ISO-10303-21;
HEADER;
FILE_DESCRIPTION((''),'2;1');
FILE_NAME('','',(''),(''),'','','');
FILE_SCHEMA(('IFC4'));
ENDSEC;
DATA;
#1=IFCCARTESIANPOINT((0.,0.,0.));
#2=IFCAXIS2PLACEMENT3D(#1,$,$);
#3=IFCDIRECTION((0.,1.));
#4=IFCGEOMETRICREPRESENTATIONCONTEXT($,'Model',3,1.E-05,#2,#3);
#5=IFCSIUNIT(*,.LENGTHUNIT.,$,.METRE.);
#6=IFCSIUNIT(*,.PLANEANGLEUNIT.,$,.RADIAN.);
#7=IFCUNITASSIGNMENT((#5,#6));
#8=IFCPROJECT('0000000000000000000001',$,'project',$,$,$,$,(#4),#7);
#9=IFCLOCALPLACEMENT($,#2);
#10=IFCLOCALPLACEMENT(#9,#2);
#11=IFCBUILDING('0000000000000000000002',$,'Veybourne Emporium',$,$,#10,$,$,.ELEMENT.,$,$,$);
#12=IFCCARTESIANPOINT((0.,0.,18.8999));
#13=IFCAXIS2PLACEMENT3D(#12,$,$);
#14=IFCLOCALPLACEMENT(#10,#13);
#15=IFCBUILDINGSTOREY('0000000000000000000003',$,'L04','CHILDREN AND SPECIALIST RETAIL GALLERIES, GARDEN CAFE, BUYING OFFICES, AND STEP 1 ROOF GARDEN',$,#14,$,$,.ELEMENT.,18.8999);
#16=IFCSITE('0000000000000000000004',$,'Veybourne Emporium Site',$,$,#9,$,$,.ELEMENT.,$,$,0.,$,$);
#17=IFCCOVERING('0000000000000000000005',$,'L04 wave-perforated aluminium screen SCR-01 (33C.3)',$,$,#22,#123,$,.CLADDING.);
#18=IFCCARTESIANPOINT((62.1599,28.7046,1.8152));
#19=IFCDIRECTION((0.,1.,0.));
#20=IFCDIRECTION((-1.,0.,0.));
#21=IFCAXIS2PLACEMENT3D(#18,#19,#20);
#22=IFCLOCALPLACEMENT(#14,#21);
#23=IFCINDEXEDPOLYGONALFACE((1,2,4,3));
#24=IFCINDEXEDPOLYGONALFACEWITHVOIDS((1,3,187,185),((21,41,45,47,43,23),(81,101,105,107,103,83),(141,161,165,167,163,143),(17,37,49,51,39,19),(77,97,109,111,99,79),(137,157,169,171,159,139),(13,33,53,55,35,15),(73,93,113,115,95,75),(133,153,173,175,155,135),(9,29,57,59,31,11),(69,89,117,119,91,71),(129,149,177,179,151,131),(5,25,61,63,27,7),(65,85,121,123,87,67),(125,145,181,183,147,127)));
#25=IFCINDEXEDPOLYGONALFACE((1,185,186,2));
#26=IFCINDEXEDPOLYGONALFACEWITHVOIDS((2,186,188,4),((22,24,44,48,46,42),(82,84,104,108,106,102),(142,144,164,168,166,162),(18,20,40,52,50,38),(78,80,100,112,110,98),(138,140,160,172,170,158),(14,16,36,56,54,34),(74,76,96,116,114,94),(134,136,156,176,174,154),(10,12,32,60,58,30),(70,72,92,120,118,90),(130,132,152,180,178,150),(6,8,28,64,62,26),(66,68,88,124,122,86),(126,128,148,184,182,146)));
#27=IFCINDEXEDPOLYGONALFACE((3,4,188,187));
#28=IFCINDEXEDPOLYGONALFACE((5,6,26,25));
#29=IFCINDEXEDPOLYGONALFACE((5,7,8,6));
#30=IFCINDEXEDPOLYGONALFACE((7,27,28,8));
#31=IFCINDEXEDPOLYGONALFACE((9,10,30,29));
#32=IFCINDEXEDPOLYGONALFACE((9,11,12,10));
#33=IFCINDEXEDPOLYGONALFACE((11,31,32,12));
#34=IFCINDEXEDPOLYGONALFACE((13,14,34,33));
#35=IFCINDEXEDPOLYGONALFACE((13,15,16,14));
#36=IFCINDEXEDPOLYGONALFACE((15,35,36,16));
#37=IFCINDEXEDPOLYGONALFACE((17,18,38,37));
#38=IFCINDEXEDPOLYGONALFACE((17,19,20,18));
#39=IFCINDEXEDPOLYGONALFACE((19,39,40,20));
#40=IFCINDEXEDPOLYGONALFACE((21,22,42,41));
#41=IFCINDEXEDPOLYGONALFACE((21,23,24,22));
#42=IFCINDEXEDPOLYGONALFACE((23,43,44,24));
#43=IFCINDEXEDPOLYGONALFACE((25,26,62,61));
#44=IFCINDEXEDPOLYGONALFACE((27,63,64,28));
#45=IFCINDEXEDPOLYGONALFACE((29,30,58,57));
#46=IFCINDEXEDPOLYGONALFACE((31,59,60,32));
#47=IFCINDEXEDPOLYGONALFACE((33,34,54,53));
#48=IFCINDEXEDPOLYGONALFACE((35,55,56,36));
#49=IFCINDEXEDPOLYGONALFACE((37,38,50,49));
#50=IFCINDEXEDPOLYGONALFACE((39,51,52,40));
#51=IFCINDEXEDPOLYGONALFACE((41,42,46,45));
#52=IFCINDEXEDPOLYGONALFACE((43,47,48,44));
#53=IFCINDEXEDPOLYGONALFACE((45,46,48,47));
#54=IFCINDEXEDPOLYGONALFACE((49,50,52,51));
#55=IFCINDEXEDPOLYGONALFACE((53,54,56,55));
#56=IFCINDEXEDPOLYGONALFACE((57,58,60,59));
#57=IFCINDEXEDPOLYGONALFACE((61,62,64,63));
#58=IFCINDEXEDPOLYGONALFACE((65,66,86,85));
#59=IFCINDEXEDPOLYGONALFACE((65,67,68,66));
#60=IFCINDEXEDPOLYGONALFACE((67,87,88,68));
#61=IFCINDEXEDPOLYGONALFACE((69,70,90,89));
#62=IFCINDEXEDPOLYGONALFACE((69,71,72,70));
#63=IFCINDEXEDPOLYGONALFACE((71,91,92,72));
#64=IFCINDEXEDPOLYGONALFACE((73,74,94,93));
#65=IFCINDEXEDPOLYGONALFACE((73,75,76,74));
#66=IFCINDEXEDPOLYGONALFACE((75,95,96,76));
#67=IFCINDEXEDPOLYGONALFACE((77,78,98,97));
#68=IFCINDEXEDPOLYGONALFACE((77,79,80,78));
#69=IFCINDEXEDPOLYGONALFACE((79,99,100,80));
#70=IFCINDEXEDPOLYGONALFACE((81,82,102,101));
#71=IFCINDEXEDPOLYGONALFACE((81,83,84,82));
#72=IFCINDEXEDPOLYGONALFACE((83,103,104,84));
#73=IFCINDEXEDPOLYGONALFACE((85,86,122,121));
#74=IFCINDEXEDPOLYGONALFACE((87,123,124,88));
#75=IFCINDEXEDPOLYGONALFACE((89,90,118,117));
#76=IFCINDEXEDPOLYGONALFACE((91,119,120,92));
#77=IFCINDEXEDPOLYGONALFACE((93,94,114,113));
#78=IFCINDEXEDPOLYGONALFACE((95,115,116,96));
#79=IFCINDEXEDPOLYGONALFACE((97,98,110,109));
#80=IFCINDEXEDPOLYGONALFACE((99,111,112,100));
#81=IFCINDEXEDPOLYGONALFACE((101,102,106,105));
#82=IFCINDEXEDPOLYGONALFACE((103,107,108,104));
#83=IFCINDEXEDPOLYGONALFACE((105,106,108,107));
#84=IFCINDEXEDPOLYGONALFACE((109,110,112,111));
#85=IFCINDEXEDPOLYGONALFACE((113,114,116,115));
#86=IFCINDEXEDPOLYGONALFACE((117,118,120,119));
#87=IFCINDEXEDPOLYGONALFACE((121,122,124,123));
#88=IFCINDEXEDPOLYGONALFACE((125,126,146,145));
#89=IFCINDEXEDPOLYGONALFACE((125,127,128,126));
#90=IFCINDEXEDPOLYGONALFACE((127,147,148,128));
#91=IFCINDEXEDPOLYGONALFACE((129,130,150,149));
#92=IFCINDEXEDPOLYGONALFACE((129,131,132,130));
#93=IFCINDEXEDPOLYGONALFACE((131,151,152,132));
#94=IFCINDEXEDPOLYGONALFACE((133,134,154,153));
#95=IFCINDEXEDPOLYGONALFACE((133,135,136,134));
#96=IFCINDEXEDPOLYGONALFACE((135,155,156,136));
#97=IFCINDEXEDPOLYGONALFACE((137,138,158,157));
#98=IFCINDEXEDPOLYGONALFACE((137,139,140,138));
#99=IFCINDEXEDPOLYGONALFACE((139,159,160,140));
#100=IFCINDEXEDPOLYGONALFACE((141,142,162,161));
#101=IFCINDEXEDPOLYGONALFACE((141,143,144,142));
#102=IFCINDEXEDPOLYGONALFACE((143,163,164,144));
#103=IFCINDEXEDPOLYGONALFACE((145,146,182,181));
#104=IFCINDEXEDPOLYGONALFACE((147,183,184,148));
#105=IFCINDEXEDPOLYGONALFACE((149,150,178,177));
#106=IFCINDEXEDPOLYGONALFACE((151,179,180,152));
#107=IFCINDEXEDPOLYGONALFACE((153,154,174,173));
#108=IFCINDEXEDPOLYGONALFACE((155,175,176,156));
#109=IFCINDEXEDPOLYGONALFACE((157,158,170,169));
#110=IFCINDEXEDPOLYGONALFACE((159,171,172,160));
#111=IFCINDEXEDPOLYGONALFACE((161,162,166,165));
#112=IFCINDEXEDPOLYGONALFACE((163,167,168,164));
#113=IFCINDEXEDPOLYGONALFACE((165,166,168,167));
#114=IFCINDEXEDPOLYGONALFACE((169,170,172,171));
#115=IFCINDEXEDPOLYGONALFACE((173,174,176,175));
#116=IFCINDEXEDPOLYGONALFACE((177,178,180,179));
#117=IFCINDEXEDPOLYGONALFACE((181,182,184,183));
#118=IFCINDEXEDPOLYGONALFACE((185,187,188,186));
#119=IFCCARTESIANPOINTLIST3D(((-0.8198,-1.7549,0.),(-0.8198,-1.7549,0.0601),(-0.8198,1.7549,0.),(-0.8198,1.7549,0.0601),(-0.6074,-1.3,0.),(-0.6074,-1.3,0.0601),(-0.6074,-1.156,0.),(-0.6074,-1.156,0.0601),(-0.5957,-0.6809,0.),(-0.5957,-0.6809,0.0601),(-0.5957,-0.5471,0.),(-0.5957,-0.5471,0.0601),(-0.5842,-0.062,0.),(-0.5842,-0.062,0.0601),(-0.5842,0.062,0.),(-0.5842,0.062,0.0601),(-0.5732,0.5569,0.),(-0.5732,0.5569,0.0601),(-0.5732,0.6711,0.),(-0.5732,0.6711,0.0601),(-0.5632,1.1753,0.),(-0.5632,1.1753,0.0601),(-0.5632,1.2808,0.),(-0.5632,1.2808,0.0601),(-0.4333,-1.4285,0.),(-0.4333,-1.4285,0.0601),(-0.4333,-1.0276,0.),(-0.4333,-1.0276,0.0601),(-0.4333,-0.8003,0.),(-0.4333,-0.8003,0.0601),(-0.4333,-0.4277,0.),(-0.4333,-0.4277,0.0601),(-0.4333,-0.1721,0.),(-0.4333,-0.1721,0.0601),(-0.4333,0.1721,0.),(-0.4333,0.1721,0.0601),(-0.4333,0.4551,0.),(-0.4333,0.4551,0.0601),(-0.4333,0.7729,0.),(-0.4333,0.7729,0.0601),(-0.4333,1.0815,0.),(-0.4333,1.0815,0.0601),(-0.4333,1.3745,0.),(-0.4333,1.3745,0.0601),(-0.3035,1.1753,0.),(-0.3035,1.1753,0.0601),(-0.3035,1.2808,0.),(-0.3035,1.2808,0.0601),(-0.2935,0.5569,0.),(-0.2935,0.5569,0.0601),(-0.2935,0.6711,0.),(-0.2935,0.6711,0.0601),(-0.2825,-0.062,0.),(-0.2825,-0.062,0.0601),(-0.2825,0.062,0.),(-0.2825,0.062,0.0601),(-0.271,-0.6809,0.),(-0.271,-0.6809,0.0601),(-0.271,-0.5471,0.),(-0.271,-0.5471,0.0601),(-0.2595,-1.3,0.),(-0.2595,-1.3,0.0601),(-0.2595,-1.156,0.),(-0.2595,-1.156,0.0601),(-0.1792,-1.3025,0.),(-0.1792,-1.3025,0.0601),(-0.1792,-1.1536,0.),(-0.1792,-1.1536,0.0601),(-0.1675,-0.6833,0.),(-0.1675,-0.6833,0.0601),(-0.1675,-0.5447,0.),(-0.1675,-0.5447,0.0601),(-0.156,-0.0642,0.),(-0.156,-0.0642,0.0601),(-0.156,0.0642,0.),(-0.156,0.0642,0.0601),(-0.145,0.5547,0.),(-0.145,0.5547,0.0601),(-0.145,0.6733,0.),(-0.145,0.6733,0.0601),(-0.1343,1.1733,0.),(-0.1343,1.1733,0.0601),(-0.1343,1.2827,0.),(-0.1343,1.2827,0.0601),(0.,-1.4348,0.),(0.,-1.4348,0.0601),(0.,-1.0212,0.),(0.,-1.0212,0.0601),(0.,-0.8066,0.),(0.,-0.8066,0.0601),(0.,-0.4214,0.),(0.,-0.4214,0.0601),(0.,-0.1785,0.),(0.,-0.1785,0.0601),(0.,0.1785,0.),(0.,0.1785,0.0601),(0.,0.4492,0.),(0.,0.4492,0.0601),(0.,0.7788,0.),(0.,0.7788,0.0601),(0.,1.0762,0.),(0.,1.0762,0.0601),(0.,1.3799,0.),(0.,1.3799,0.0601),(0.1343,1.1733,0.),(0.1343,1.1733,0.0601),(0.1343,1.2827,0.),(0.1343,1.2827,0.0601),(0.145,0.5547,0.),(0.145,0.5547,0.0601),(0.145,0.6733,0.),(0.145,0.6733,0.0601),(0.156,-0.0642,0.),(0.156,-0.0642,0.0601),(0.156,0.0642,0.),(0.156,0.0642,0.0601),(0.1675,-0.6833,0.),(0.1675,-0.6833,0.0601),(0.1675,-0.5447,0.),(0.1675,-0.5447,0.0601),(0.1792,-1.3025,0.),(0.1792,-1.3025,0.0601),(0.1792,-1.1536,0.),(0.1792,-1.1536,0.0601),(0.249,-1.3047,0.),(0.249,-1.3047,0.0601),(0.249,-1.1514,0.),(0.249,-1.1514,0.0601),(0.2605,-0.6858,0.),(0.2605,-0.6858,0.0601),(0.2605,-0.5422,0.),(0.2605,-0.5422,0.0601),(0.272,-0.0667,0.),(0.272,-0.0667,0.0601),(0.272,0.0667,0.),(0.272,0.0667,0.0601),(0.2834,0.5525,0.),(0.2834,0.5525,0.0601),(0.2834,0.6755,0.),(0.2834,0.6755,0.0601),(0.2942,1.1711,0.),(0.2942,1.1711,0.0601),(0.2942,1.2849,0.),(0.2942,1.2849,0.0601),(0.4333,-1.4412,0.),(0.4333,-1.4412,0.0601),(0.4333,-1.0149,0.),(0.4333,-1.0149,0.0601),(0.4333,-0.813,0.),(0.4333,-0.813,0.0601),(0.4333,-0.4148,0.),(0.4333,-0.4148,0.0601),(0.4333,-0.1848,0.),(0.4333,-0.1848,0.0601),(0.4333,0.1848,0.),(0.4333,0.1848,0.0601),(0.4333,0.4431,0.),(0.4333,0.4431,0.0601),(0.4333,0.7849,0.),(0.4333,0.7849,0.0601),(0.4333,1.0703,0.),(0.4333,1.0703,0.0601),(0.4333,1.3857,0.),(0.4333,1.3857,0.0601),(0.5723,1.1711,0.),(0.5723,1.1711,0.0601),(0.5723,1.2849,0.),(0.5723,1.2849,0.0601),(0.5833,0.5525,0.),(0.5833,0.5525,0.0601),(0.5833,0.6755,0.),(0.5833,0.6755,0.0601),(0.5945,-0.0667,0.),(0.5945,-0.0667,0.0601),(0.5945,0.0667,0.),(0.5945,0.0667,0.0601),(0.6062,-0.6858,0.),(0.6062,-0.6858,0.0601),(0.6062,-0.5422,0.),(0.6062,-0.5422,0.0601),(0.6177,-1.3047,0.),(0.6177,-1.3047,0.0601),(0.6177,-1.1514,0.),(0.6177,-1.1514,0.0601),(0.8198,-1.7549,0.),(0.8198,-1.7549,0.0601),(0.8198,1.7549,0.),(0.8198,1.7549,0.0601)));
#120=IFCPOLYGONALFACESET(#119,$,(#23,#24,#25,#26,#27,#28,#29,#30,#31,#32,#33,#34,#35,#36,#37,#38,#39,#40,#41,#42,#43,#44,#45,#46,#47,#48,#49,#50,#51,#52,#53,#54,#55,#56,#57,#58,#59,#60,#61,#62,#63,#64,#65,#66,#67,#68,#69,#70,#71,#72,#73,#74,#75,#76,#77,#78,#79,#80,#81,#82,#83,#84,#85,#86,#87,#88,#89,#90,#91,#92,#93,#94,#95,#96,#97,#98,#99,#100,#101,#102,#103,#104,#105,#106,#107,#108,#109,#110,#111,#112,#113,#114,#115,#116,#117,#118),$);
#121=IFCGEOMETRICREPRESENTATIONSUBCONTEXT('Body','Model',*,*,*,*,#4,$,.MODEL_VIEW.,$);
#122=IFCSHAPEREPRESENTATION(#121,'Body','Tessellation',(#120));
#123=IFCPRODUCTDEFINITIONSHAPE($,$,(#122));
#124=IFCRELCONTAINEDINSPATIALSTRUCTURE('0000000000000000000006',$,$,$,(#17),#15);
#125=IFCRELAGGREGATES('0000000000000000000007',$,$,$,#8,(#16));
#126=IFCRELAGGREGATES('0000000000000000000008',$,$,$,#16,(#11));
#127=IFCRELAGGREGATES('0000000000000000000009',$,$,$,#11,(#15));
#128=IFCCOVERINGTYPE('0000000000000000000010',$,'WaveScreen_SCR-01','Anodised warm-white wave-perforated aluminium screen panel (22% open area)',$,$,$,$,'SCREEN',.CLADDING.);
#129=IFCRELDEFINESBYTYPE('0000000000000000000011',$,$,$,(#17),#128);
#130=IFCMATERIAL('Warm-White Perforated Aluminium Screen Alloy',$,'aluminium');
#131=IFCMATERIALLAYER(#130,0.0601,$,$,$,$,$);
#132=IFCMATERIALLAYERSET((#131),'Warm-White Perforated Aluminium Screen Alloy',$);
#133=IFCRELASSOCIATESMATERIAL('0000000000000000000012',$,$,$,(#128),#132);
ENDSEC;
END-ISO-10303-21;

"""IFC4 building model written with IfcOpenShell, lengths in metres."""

from ifc_helpers import new_model, si_unit, direction, frame, origin, place, context, subcontext, project, spatial, polyline, outline, extrude, material, layer, layer_set, type_object, element, save


model = new_model("IFC4")

# Units and contexts
model_context = context("Model", 3, precision=1e-05, world=origin(), true_north=direction((0.0, 1.0)))
body_context = subcontext(model_context, "Body", "Model", "MODEL_VIEW")
ifc_project = project(units=[si_unit("LENGTHUNIT", "METRE"), si_unit("PLANEANGLEUNIT", "RADIAN")], contexts=[model_context])

# Site, building, storey
site_placement = place(None, origin())
site = spatial("IfcSite", under=ifc_project, at=site_placement, Name="Veybourne Emporium Site", CompositionType="ELEMENT", RefElevation=0.0)
building_placement = place(site_placement, origin())
building = spatial("IfcBuilding", under=site, at=building_placement, Name="Veybourne Emporium", CompositionType="ELEMENT")
storey_placement = place(building_placement, frame((0.0, 0.0, 18.8999)))
storey = spatial("IfcBuildingStorey", under=building, at=storey_placement, Name="L04", Description="CHILDREN AND SPECIALIST RETAIL GALLERIES, GARDEN CAFE, BUYING OFFICES, AND STEP 1 ROOF GARDEN", CompositionType="ELEMENT", Elevation=18.8999)

# Covering
ifc_material_1 = material(Name="Warm-White Perforated Aluminium Screen Alloy", Category="aluminium")
ifc_layer_1 = layer(ifc_material_1, 0.0601)
ifc_layer_set_1 = layer_set([ifc_layer_1], Name="Warm-White Perforated Aluminium Screen Alloy")
covering_type_1 = type_object("IfcCoveringType", Name="WaveScreen_SCR-01", Description="Anodised warm-white wave-perforated aluminium screen panel (22% open area)", ElementType="SCREEN", PredefinedType="CLADDING", material=ifc_layer_set_1)
covering_1_placement = place(storey_placement, frame((62.1599, 28.7046, 1.8152), z_axis=(0.0, 1.0, 0.0), x_axis=(-1.0, 0.0, 0.0)))
element("IfcCovering", 1, at=covering_1_placement, inside=storey, type_object=covering_type_1, Name="L04 wave-perforated aluminium screen SCR-01 (33C.3)", PredefinedType="CLADDING", context=body_context, shape_type="SweptSolid", body=[
    extrude(outline(polyline([(-0.8198, -1.7549), (0.8198, -1.7549), (0.8198, 1.7549), (-0.8198, 1.7549), (-0.8198, -1.7549)]), holes=[polyline([(-0.4333, -1.0276), (-0.2595, -1.156), (-0.2595, -1.3), (-0.4333, -1.4285), (-0.6074, -1.3), (-0.6074, -1.156), (-0.4333, -1.0276)]), polyline([(-0.4333, -0.4277), (-0.271, -0.5471), (-0.271, -0.6809), (-0.4333, -0.8003), (-0.5957, -0.6809), (-0.5957, -0.5471), (-0.4333, -0.4277)]), polyline([(-0.4333, 0.1721), (-0.2825, 0.062), (-0.2825, -0.062), (-0.4333, -0.1721), (-0.5842, -0.062), (-0.5842, 0.062), (-0.4333, 0.1721)]), polyline([(-0.4333, 0.7729), (-0.2935, 0.6711), (-0.2935, 0.5569), (-0.4333, 0.4551), (-0.5732, 0.5569), (-0.5732, 0.6711), (-0.4333, 0.7729)]), polyline([(-0.4333, 1.3745), (-0.3035, 1.2808), (-0.3035, 1.1753), (-0.4333, 1.0815), (-0.5632, 1.1753), (-0.5632, 1.2808), (-0.4333, 1.3745)]), polyline([(0.0, -1.0212), (0.1792, -1.1536), (0.1792, -1.3025), (0.0, -1.4348), (-0.1792, -1.3025), (-0.1792, -1.1536), (0.0, -1.0212)]), polyline([(0.0, -0.4214), (0.1675, -0.5447), (0.1675, -0.6833), (0.0, -0.8066), (-0.1675, -0.6833), (-0.1675, -0.5447), (0.0, -0.4214)]), polyline([(0.0, 0.1785), (0.156, 0.0642), (0.156, -0.0642), (0.0, -0.1785), (-0.156, -0.0642), (-0.156, 0.0642), (0.0, 0.1785)]), polyline([(0.0, 0.7788), (0.145, 0.6733), (0.145, 0.5547), (0.0, 0.4492), (-0.145, 0.5547), (-0.145, 0.6733), (0.0, 0.7788)]), polyline([(0.0, 1.3799), (0.1343, 1.2827), (0.1343, 1.1733), (0.0, 1.0762), (-0.1343, 1.1733), (-0.1343, 1.2827), (0.0, 1.3799)]), polyline([(0.4333, -1.0149), (0.6177, -1.1514), (0.6177, -1.3047), (0.4333, -1.4412), (0.249, -1.3047), (0.249, -1.1514), (0.4333, -1.0149)]), polyline([(0.4333, -0.4148), (0.6062, -0.5422), (0.6062, -0.6858), (0.4333, -0.813), (0.2605, -0.6858), (0.2605, -0.5422), (0.4333, -0.4148)]), polyline([(0.4333, 0.1848), (0.5945, 0.0667), (0.5945, -0.0667), (0.4333, -0.1848), (0.272, -0.0667), (0.272, 0.0667), (0.4333, 0.1848)]), polyline([(0.4333, 0.7849), (0.5833, 0.6755), (0.5833, 0.5525), (0.4333, 0.4431), (0.2834, 0.5525), (0.2834, 0.6755), (0.4333, 0.7849)]), polyline([(0.4333, 1.3857), (0.5723, 1.2849), (0.5723, 1.1711), (0.4333, 1.0703), (0.2942, 1.1711), (0.2942, 1.2849), (0.4333, 1.3857)])]), origin(), (0.0, 0.0, 1.0), 0.0601),
])

save(model, "model.ifc")
